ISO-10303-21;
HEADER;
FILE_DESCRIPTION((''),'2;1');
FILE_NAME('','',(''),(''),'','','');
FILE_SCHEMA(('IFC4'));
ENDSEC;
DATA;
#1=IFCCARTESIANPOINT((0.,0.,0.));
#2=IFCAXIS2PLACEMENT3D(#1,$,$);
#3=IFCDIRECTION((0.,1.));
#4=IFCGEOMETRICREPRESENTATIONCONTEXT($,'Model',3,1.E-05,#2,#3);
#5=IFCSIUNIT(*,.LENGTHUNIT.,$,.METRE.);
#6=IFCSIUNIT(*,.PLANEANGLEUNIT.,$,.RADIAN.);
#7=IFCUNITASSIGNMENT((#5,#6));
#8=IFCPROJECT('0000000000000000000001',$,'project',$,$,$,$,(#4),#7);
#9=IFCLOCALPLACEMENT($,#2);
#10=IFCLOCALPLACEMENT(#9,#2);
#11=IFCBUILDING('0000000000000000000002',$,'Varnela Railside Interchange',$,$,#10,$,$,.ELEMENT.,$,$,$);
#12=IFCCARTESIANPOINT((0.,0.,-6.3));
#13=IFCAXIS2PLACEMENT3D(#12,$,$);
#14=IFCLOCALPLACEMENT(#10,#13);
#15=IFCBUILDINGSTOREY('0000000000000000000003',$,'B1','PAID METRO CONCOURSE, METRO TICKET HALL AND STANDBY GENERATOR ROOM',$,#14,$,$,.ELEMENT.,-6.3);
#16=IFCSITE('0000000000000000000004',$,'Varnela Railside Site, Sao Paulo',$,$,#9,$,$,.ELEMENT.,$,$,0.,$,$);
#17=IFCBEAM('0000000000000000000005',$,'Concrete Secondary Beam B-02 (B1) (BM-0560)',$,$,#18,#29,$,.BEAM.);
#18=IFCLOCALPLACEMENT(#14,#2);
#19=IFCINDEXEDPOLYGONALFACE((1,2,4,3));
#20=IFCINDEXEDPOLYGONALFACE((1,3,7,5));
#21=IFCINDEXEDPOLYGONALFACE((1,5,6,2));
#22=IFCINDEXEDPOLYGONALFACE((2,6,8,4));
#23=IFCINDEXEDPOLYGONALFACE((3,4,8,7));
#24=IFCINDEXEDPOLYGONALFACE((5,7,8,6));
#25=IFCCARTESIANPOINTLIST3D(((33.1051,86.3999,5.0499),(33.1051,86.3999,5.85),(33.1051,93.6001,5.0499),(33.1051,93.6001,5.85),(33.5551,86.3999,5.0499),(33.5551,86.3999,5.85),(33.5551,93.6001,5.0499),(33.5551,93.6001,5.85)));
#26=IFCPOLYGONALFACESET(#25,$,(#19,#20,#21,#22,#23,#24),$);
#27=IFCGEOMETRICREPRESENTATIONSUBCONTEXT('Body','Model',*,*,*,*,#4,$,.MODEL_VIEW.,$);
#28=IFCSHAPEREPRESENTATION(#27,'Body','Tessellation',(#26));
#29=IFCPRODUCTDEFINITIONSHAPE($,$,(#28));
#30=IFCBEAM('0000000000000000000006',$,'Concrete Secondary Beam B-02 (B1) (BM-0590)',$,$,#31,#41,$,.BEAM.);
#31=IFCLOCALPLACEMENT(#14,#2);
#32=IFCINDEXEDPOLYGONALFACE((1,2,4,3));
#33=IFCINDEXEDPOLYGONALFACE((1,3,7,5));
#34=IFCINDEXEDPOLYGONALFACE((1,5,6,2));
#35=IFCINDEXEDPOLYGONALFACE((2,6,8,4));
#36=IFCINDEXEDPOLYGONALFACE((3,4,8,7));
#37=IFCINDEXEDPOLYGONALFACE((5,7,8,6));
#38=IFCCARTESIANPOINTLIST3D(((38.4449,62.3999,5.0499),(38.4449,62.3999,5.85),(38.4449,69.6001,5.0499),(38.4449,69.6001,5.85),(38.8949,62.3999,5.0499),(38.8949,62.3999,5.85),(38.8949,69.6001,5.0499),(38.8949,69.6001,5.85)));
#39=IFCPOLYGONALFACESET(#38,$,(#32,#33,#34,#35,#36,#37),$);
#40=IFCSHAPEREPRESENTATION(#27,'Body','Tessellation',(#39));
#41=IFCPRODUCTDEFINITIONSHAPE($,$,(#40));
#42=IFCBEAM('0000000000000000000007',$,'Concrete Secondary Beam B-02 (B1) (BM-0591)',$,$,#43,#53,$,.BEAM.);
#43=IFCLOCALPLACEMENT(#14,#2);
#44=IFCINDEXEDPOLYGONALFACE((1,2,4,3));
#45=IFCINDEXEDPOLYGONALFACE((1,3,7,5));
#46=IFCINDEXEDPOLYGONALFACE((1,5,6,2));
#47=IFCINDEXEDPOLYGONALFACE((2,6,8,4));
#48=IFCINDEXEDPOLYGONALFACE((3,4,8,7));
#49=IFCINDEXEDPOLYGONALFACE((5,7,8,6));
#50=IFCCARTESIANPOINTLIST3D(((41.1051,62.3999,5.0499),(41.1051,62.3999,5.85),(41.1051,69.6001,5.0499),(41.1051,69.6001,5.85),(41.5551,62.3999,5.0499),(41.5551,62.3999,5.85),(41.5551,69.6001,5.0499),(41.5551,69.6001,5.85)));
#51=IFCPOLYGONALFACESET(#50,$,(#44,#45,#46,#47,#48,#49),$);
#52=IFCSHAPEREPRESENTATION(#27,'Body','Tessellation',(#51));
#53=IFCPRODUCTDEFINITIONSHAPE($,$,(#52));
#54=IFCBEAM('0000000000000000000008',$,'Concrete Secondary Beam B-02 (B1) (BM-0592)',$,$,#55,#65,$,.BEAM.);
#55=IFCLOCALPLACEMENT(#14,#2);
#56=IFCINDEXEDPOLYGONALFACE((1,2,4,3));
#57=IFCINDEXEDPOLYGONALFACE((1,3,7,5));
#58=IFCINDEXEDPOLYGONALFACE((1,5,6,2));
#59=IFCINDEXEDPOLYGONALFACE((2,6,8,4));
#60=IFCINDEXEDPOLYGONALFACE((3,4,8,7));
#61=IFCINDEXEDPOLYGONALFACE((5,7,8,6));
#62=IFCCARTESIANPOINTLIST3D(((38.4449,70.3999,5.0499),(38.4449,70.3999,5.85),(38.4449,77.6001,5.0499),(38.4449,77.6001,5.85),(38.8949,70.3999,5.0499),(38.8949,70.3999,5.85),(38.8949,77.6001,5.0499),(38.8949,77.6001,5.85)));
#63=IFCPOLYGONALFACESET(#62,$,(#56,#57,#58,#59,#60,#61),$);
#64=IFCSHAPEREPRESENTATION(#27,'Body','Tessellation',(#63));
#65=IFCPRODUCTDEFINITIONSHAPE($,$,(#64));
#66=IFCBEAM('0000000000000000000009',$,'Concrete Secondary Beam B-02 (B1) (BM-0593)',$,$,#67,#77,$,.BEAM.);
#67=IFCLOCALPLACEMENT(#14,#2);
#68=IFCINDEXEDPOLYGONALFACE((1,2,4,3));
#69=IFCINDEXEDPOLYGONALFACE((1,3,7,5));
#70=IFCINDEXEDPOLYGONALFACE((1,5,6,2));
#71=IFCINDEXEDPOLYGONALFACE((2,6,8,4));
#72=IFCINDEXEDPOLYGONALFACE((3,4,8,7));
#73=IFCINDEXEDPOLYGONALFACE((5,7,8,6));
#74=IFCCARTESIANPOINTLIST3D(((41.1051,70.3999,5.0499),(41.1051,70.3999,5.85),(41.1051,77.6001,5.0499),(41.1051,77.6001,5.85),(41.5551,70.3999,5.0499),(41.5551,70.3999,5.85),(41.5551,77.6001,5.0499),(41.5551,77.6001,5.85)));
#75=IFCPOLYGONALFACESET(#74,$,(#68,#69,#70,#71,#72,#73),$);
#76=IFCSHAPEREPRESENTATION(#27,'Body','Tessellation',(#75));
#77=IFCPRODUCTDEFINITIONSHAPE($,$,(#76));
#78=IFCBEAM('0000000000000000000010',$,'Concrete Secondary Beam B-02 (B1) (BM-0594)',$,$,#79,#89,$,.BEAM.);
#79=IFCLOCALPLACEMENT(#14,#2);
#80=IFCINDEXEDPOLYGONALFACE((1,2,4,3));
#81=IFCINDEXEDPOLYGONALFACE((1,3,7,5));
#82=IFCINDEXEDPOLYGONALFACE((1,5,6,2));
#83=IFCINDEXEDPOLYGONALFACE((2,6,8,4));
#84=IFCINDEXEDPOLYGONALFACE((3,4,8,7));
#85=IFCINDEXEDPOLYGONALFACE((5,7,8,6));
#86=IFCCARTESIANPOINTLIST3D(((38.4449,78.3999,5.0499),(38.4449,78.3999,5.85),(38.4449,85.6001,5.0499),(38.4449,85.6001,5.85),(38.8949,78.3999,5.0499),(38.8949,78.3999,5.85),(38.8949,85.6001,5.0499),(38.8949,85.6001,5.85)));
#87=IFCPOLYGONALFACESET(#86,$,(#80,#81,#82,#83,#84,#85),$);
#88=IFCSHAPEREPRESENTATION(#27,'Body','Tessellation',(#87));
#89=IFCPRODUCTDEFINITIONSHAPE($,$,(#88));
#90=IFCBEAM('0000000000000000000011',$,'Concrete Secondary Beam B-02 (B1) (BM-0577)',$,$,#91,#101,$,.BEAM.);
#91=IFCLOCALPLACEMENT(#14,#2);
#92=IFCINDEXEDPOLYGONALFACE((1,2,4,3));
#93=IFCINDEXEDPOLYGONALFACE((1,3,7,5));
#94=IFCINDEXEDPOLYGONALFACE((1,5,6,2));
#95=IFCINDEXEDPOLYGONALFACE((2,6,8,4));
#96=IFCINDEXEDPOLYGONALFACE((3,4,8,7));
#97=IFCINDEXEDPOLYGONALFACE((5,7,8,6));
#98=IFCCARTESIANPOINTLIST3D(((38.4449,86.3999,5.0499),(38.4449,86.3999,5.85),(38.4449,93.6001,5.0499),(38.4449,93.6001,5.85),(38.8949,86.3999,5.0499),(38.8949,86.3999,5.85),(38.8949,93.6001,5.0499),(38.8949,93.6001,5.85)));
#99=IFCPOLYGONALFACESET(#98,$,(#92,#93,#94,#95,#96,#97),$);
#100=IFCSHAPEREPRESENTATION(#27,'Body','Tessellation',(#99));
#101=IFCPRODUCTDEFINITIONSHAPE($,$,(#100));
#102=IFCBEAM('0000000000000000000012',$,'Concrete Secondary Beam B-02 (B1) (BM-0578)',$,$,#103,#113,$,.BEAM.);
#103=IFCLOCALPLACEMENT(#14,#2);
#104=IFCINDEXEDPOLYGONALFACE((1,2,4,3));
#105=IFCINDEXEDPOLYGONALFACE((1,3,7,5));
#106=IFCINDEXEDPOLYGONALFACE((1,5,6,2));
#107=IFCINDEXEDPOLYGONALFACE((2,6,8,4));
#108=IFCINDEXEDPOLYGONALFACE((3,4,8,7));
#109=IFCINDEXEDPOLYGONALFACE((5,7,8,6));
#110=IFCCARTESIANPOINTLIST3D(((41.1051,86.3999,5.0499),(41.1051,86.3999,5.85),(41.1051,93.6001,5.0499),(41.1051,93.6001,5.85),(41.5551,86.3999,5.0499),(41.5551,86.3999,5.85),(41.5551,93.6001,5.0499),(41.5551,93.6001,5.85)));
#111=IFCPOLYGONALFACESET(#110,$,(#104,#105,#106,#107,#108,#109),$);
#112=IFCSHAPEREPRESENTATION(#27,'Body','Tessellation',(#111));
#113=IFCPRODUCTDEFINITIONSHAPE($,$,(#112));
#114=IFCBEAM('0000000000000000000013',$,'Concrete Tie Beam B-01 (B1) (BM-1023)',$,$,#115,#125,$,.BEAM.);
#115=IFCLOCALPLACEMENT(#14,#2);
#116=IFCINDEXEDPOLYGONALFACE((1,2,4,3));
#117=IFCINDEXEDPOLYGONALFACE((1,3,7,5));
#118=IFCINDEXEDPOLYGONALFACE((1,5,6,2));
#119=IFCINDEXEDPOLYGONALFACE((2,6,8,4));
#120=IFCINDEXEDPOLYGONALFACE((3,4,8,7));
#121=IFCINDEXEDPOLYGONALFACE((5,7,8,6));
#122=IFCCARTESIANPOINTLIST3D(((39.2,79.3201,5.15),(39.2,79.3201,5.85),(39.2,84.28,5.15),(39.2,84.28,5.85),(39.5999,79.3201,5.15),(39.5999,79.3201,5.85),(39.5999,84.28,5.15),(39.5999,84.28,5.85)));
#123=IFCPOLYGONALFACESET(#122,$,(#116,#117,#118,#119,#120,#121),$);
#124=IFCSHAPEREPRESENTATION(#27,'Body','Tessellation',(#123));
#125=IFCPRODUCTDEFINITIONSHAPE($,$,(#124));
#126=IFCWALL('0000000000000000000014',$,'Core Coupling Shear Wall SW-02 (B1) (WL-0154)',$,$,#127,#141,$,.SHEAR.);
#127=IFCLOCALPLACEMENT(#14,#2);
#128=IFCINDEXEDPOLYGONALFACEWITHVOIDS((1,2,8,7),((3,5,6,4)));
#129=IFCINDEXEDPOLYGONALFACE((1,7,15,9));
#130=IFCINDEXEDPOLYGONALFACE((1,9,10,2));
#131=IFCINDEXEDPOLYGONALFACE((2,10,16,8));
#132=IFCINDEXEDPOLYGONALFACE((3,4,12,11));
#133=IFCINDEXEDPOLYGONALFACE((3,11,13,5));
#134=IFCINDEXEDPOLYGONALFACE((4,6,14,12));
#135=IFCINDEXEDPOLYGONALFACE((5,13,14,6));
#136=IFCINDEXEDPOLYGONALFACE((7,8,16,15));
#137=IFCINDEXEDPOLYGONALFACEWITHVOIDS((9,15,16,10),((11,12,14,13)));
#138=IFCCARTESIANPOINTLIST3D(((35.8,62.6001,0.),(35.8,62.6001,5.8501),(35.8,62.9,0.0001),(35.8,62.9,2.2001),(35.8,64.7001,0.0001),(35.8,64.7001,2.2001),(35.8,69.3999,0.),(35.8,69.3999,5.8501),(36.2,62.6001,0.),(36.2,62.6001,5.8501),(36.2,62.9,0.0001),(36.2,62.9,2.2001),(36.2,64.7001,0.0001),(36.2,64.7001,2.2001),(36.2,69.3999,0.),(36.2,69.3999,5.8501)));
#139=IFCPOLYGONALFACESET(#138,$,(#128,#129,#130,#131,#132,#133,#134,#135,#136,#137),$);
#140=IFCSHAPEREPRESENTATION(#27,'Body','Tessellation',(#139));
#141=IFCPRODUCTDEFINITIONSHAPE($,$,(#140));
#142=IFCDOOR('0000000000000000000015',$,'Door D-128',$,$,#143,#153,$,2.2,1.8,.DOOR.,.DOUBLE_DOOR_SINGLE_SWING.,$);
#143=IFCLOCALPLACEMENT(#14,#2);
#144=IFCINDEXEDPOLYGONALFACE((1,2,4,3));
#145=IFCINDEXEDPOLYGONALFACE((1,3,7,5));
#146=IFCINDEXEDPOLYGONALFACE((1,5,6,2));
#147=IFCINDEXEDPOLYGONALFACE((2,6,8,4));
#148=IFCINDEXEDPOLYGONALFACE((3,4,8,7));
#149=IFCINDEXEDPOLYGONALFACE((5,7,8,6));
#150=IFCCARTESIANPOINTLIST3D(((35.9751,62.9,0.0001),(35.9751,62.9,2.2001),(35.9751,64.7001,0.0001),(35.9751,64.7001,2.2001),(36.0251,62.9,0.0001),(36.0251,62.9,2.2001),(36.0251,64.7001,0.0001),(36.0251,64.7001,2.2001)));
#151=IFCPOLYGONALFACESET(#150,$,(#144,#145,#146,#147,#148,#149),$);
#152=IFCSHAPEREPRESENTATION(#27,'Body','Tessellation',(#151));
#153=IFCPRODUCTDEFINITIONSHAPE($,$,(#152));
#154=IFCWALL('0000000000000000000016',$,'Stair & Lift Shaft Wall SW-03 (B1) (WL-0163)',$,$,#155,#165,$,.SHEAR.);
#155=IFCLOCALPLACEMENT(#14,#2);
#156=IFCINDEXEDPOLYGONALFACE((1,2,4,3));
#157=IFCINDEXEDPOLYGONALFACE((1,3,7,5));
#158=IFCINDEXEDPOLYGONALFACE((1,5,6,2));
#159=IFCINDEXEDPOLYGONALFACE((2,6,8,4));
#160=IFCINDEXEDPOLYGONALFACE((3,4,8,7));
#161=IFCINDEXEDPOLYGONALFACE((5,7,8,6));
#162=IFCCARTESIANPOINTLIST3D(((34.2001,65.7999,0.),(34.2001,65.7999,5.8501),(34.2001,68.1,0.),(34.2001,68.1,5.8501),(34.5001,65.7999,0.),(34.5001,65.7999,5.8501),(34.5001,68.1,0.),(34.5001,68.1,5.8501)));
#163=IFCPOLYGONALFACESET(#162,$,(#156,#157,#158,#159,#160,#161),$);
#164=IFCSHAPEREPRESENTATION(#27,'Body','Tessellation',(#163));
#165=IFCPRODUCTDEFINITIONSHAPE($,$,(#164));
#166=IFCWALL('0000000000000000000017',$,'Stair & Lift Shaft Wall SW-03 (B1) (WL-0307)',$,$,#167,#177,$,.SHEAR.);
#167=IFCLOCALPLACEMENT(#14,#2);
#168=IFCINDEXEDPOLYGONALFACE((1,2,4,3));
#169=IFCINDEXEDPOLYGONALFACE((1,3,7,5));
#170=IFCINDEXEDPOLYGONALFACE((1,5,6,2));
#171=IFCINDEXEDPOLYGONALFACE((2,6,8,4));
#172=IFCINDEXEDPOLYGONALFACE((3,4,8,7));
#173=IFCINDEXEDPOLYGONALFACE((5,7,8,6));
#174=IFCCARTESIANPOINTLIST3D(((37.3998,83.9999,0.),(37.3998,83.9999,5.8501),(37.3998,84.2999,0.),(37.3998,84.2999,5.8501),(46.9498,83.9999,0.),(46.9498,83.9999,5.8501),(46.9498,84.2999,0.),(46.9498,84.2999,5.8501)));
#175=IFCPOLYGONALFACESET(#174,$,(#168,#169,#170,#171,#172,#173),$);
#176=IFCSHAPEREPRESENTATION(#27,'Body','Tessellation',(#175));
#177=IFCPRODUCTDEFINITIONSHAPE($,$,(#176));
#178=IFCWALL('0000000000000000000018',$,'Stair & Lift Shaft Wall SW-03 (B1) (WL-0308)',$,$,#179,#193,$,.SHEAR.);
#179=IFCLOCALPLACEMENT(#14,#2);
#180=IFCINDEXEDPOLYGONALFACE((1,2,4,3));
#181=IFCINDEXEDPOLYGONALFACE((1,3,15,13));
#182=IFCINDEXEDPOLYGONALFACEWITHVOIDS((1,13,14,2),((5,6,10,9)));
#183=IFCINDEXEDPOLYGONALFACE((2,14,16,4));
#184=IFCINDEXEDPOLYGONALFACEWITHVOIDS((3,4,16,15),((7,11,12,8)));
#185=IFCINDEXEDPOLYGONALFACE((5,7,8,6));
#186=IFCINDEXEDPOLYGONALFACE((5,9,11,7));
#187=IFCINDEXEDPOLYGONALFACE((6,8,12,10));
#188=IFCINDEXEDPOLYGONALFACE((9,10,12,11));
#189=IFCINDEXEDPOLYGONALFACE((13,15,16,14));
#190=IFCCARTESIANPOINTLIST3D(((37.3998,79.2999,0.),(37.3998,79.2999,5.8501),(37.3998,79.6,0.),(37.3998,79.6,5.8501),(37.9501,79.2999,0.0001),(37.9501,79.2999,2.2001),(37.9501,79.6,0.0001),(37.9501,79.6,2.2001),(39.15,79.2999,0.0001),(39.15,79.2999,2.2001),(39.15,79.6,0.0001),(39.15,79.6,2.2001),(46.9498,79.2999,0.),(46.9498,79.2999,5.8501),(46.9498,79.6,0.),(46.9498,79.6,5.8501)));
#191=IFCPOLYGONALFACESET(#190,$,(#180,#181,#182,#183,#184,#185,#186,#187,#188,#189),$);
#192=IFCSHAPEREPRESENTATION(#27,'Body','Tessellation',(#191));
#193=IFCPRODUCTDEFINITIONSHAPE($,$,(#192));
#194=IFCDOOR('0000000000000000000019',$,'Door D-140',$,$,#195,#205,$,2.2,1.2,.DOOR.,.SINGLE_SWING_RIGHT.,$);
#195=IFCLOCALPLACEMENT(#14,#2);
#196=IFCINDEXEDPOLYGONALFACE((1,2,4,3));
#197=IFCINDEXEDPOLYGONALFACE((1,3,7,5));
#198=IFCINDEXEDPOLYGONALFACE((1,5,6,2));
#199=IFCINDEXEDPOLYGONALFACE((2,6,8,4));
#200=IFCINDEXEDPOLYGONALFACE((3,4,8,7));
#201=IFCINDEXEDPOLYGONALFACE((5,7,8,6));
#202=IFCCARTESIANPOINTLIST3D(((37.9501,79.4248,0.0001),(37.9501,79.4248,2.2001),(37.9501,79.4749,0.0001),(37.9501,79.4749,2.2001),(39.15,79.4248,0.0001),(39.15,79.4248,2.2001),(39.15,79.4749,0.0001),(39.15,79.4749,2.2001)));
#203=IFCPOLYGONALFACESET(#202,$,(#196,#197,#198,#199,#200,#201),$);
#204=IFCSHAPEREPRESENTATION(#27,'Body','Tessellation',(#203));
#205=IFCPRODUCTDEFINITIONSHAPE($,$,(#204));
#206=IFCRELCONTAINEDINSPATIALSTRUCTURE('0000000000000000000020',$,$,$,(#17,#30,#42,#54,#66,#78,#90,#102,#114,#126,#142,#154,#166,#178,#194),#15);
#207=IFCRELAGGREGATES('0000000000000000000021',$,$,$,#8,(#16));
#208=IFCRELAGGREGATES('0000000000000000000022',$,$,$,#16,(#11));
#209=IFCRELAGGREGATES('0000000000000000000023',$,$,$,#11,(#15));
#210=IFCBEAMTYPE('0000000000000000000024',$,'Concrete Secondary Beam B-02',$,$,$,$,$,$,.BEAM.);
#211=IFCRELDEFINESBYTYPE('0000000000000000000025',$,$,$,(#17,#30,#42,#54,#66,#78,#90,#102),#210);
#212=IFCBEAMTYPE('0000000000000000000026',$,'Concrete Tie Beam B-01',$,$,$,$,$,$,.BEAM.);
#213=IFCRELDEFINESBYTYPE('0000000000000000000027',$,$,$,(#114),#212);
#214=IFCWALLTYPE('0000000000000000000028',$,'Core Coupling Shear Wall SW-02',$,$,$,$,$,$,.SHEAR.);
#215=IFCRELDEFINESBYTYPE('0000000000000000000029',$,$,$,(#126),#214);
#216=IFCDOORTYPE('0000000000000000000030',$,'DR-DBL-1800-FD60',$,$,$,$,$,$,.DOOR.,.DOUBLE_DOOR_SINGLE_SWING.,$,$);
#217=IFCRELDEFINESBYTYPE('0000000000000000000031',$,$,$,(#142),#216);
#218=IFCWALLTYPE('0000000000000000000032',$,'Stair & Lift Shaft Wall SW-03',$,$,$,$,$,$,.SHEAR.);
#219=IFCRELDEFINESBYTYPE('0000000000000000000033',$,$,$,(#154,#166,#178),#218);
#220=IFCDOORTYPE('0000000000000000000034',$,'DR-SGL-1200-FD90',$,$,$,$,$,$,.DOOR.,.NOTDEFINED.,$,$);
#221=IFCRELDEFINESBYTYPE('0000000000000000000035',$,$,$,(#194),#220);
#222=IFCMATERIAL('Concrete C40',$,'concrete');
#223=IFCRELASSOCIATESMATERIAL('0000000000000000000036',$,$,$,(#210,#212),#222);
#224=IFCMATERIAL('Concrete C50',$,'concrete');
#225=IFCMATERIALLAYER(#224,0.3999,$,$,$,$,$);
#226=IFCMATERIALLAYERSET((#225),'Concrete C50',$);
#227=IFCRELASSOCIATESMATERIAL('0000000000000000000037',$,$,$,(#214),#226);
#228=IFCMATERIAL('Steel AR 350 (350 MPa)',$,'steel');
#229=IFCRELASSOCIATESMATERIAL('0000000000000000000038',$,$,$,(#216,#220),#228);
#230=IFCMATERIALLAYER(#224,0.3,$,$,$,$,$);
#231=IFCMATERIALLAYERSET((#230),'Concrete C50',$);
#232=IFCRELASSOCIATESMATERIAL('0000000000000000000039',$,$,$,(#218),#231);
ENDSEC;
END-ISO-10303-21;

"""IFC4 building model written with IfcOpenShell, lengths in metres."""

from ifc_helpers import new_model, si_unit, direction, frame, frame_2d, origin, origin_2d, place, context, subcontext, project, spatial, rectangle, extrude, material, layer, layer_set, material_profile, profile_set, type_object, element, fill, save


model = new_model("IFC4")

# Units and contexts
model_context = context("Model", 3, precision=1e-05, world=origin(), true_north=direction((0.0, 1.0)))
body_context = subcontext(model_context, "Body", "Model", "MODEL_VIEW")
ifc_project = project(units=[si_unit("LENGTHUNIT", "METRE"), si_unit("PLANEANGLEUNIT", "RADIAN")], contexts=[model_context])

# Site, building, storey
site_placement = place(None, origin())
site = spatial("IfcSite", under=ifc_project, at=site_placement, Name="Varnela Railside Site, Sao Paulo", CompositionType="ELEMENT", RefElevation=0.0)
building_placement = place(site_placement, origin())
building = spatial("IfcBuilding", under=site, at=building_placement, Name="Varnela Railside Interchange", CompositionType="ELEMENT")
storey_placement = place(building_placement, frame((0.0, 0.0, -6.3)))
storey = spatial("IfcBuildingStorey", under=building, at=storey_placement, Name="B1", Description="PAID METRO CONCOURSE, METRO TICKET HALL AND STANDBY GENERATOR ROOM", CompositionType="ELEMENT", Elevation=-6.3)

# Shared definitions
ifc_material_1 = material(Name="Concrete C50", Category="concrete")

# Beams
ifc_material_2 = material(Name="Concrete C40", Category="concrete")
ifc_material_profile_1 = material_profile(ifc_material_2, rectangle(XDim=0.45, YDim=0.8, at=origin_2d()), Name="RC 450x800")
ifc_profile_set_1 = profile_set([ifc_material_profile_1], Name="Concrete C40")
beam_type_1 = type_object("IfcBeamType", Name="Concrete Secondary Beam B-02", PredefinedType="BEAM", material=ifc_profile_set_1)
for number, where, z_axis, x_axis, name in (
    (1, (33.3301, 86.3999, 5.45), (0.0, 1.0, 0.0), (-1.0, 0.0, 0.0), "Concrete Secondary Beam B-02 (B1) (BM-0560)"),
    (2, (38.6699, 62.3999, 5.45), (0.0, 1.0, 0.0), (-1.0, 0.0, 0.0), "Concrete Secondary Beam B-02 (B1) (BM-0590)"),
    (3, (41.3301, 62.3999, 5.45), (0.0, 1.0, 0.0), (-1.0, 0.0, 0.0), "Concrete Secondary Beam B-02 (B1) (BM-0591)"),
    (4, (38.6699, 70.3999, 5.45), (0.0, 1.0, 0.0), (-1.0, 0.0, 0.0), "Concrete Secondary Beam B-02 (B1) (BM-0592)"),
    (5, (41.3301, 70.3999, 5.45), (0.0, 1.0, 0.0), (-1.0, 0.0, 0.0), "Concrete Secondary Beam B-02 (B1) (BM-0593)"),
    (6, (38.6699, 78.3999, 5.45), (0.0, 1.0, 0.0), (-1.0, 0.0, 0.0), "Concrete Secondary Beam B-02 (B1) (BM-0594)"),
    (7, (38.6699, 86.3999, 5.45), (0.0, 1.0, 0.0), (-1.0, 0.0, 0.0), "Concrete Secondary Beam B-02 (B1) (BM-0577)"),
    (8, (41.3301, 86.3999, 5.45), (0.0, 1.0, 0.0), (-1.0, 0.0, 0.0), "Concrete Secondary Beam B-02 (B1) (BM-0578)"),
):
    element("IfcBeam", number, at=place(storey_placement, frame(where, z_axis=z_axis, x_axis=x_axis)), inside=storey, type_object=beam_type_1, Name=name, PredefinedType="BEAM", context=body_context, shape_type="SweptSolid", body=[
        extrude(rectangle(XDim=0.45, YDim=0.8, at=origin_2d()), origin(), (0.0, 0.0, 1.0), 7.2002),
    ])
ifc_material_profile_2 = material_profile(ifc_material_2, rectangle(XDim=0.3999, YDim=0.7, at=origin_2d()), Name="RC 400x700")
ifc_profile_set_2 = profile_set([ifc_material_profile_2], Name="Concrete C40")
beam_type_2 = type_object("IfcBeamType", Name="Concrete Tie Beam B-01", PredefinedType="BEAM", material=ifc_profile_set_2)
beam_1_placement = place(storey_placement, frame((39.3999, 79.3201, 5.5), z_axis=(0.0, 1.0, 0.0), x_axis=(-1.0, 0.0, 0.0)))
element("IfcBeam", 9, at=beam_1_placement, inside=storey, type_object=beam_type_2, Name="Concrete Tie Beam B-01 (B1) (BM-1023)", PredefinedType="BEAM", context=body_context, shape_type="SweptSolid", body=[
    extrude(rectangle(XDim=0.3999, YDim=0.7, at=origin_2d()), origin(), (0.0, 0.0, 1.0), 4.96),
])

# Wall, opening, door
ifc_layer_1 = layer(ifc_material_1, 0.3999)
ifc_layer_set_1 = layer_set([ifc_layer_1], Name="Concrete C50")
wall_type_1 = type_object("IfcWallType", Name="Core Coupling Shear Wall SW-02", PredefinedType="SHEAR", material=ifc_layer_set_1)
wall_1_placement = place(storey_placement, frame((36.0, 62.6001, 0.0), z_axis=(0.0, 0.0, 1.0), x_axis=(0.0, 1.0, 0.0)))
wall_1 = element("IfcWall", 10, at=wall_1_placement, inside=storey, type_object=wall_type_1, Name="Core Coupling Shear Wall SW-02 (B1) (WL-0154)", PredefinedType="SHEAR", context=body_context, shape_type="SweptSolid", body=[
    extrude(rectangle(XDim=6.7998, YDim=0.3999, at=frame_2d((3.3999, 0.0))), origin(), (0.0, 0.0, 1.0), 5.8501),
])
opening_1_placement = place(wall_1_placement, frame((0.3, 0.0, 0.0)))
opening_1 = element("IfcOpeningElement", 11, at=opening_1_placement, cuts=wall_1, PredefinedType="OPENING", context=body_context, shape_type="SweptSolid", body=[
    extrude(rectangle(XDim=1.8, YDim=2.2, at=frame_2d((0.8999, 1.1001))), frame((0.0, 0.21, 0.0), z_axis=(0.0, -1.0, 0.0), x_axis=(1.0, 0.0, 0.0)), (0.0, 0.0, 1.0), 0.4199),
])
ifc_material_3 = material(Name="Steel AR 350 (350 MPa)", Category="steel")
door_type_1 = type_object("IfcDoorType", Name="DR-DBL-1800-FD60", OperationType="DOUBLE_DOOR_SINGLE_SWING", PredefinedType="DOOR", material=ifc_material_3)
door_1_placement = place(opening_1_placement, origin())
door_1 = element("IfcDoor", 12, at=door_1_placement, inside=storey, type_object=door_type_1, Name="Door D-128", OperationType="DOUBLE_DOOR_SINGLE_SWING", OverallHeight=2.2, OverallWidth=1.8, PredefinedType="DOOR", context=body_context, shape_type="SweptSolid", body=[
    extrude(rectangle(XDim=1.8, YDim=2.2, at=frame_2d((0.8999, 1.1001))), frame((0.0, 0.0249, 0.0), z_axis=(0.0, -1.0, 0.0), x_axis=(1.0, 0.0, 0.0)), (0.0, 0.0, 1.0), 0.05),
])
fill(opening_1, door_1)

# Walls
ifc_layer_2 = layer(ifc_material_1, 0.3)
ifc_layer_set_2 = layer_set([ifc_layer_2], Name="Concrete C50")
wall_type_2 = type_object("IfcWallType", Name="Stair & Lift Shaft Wall SW-03", PredefinedType="SHEAR", material=ifc_layer_set_2)
wall_2_placement = place(storey_placement, frame((34.3501, 65.8, 0.0), z_axis=(0.0, 0.0, 1.0), x_axis=(0.0, 1.0, 0.0)))
element("IfcWall", 13, at=wall_2_placement, inside=storey, type_object=wall_type_2, Name="Stair & Lift Shaft Wall SW-03 (B1) (WL-0163)", PredefinedType="SHEAR", context=body_context, shape_type="SweptSolid", body=[
    extrude(rectangle(XDim=2.3, YDim=0.3, at=frame_2d((1.1499, 0.0))), origin(), (0.0, 0.0, 1.0), 5.8501),
])
wall_3_placement = place(storey_placement, frame((37.3999, 84.1499, 0.0), z_axis=(0.0, 0.0, 1.0), x_axis=(1.0, 0.0, 0.0)))
element("IfcWall", 14, at=wall_3_placement, inside=storey, type_object=wall_type_2, Name="Stair & Lift Shaft Wall SW-03 (B1) (WL-0307)", PredefinedType="SHEAR", context=body_context, shape_type="SweptSolid", body=[
    extrude(rectangle(XDim=9.55, YDim=0.3, at=frame_2d((4.7749, 0.0))), origin(), (0.0, 0.0, 1.0), 5.8501),
])

# Wall, opening, door
wall_4_placement = place(storey_placement, frame((37.3999, 79.45, 0.0), z_axis=(0.0, 0.0, 1.0), x_axis=(1.0, 0.0, 0.0)))
wall_4 = element("IfcWall", 15, at=wall_4_placement, inside=storey, type_object=wall_type_2, Name="Stair & Lift Shaft Wall SW-03 (B1) (WL-0308)", PredefinedType="SHEAR", context=body_context, shape_type="SweptSolid", body=[
    extrude(rectangle(XDim=9.55, YDim=0.3, at=frame_2d((4.7749, 0.0))), origin(), (0.0, 0.0, 1.0), 5.8501),
])
opening_2_placement = place(wall_4_placement, frame((0.55, 0.0, 0.0)))
opening_2 = element("IfcOpeningElement", 16, at=opening_2_placement, cuts=wall_4, PredefinedType="OPENING", context=body_context, shape_type="SweptSolid", body=[
    extrude(rectangle(XDim=1.2, YDim=2.2, at=frame_2d((0.6001, 1.1001))), frame((0.0, 0.1599, 0.0), z_axis=(0.0, -1.0, 0.0), x_axis=(1.0, 0.0, 0.0)), (0.0, 0.0, 1.0), 0.3201),
])
door_type_2 = type_object("IfcDoorType", Name="DR-SGL-1200-FD90", OperationType="NOTDEFINED", PredefinedType="DOOR", material=ifc_material_3)
door_2_placement = place(opening_2_placement, origin())
door_2 = element("IfcDoor", 17, at=door_2_placement, inside=storey, type_object=door_type_2, Name="Door D-140", OperationType="SINGLE_SWING_RIGHT", OverallHeight=2.2, OverallWidth=1.2, PredefinedType="DOOR", context=body_context, shape_type="SweptSolid", body=[
    extrude(rectangle(XDim=1.2, YDim=2.2, at=frame_2d((0.6001, 1.1001))), frame((0.0, 0.0249, 0.0), z_axis=(0.0, -1.0, 0.0), x_axis=(1.0, 0.0, 0.0)), (0.0, 0.0, 1.0), 0.05),
])
fill(opening_2, door_2)

save(model, "model.ifc")
